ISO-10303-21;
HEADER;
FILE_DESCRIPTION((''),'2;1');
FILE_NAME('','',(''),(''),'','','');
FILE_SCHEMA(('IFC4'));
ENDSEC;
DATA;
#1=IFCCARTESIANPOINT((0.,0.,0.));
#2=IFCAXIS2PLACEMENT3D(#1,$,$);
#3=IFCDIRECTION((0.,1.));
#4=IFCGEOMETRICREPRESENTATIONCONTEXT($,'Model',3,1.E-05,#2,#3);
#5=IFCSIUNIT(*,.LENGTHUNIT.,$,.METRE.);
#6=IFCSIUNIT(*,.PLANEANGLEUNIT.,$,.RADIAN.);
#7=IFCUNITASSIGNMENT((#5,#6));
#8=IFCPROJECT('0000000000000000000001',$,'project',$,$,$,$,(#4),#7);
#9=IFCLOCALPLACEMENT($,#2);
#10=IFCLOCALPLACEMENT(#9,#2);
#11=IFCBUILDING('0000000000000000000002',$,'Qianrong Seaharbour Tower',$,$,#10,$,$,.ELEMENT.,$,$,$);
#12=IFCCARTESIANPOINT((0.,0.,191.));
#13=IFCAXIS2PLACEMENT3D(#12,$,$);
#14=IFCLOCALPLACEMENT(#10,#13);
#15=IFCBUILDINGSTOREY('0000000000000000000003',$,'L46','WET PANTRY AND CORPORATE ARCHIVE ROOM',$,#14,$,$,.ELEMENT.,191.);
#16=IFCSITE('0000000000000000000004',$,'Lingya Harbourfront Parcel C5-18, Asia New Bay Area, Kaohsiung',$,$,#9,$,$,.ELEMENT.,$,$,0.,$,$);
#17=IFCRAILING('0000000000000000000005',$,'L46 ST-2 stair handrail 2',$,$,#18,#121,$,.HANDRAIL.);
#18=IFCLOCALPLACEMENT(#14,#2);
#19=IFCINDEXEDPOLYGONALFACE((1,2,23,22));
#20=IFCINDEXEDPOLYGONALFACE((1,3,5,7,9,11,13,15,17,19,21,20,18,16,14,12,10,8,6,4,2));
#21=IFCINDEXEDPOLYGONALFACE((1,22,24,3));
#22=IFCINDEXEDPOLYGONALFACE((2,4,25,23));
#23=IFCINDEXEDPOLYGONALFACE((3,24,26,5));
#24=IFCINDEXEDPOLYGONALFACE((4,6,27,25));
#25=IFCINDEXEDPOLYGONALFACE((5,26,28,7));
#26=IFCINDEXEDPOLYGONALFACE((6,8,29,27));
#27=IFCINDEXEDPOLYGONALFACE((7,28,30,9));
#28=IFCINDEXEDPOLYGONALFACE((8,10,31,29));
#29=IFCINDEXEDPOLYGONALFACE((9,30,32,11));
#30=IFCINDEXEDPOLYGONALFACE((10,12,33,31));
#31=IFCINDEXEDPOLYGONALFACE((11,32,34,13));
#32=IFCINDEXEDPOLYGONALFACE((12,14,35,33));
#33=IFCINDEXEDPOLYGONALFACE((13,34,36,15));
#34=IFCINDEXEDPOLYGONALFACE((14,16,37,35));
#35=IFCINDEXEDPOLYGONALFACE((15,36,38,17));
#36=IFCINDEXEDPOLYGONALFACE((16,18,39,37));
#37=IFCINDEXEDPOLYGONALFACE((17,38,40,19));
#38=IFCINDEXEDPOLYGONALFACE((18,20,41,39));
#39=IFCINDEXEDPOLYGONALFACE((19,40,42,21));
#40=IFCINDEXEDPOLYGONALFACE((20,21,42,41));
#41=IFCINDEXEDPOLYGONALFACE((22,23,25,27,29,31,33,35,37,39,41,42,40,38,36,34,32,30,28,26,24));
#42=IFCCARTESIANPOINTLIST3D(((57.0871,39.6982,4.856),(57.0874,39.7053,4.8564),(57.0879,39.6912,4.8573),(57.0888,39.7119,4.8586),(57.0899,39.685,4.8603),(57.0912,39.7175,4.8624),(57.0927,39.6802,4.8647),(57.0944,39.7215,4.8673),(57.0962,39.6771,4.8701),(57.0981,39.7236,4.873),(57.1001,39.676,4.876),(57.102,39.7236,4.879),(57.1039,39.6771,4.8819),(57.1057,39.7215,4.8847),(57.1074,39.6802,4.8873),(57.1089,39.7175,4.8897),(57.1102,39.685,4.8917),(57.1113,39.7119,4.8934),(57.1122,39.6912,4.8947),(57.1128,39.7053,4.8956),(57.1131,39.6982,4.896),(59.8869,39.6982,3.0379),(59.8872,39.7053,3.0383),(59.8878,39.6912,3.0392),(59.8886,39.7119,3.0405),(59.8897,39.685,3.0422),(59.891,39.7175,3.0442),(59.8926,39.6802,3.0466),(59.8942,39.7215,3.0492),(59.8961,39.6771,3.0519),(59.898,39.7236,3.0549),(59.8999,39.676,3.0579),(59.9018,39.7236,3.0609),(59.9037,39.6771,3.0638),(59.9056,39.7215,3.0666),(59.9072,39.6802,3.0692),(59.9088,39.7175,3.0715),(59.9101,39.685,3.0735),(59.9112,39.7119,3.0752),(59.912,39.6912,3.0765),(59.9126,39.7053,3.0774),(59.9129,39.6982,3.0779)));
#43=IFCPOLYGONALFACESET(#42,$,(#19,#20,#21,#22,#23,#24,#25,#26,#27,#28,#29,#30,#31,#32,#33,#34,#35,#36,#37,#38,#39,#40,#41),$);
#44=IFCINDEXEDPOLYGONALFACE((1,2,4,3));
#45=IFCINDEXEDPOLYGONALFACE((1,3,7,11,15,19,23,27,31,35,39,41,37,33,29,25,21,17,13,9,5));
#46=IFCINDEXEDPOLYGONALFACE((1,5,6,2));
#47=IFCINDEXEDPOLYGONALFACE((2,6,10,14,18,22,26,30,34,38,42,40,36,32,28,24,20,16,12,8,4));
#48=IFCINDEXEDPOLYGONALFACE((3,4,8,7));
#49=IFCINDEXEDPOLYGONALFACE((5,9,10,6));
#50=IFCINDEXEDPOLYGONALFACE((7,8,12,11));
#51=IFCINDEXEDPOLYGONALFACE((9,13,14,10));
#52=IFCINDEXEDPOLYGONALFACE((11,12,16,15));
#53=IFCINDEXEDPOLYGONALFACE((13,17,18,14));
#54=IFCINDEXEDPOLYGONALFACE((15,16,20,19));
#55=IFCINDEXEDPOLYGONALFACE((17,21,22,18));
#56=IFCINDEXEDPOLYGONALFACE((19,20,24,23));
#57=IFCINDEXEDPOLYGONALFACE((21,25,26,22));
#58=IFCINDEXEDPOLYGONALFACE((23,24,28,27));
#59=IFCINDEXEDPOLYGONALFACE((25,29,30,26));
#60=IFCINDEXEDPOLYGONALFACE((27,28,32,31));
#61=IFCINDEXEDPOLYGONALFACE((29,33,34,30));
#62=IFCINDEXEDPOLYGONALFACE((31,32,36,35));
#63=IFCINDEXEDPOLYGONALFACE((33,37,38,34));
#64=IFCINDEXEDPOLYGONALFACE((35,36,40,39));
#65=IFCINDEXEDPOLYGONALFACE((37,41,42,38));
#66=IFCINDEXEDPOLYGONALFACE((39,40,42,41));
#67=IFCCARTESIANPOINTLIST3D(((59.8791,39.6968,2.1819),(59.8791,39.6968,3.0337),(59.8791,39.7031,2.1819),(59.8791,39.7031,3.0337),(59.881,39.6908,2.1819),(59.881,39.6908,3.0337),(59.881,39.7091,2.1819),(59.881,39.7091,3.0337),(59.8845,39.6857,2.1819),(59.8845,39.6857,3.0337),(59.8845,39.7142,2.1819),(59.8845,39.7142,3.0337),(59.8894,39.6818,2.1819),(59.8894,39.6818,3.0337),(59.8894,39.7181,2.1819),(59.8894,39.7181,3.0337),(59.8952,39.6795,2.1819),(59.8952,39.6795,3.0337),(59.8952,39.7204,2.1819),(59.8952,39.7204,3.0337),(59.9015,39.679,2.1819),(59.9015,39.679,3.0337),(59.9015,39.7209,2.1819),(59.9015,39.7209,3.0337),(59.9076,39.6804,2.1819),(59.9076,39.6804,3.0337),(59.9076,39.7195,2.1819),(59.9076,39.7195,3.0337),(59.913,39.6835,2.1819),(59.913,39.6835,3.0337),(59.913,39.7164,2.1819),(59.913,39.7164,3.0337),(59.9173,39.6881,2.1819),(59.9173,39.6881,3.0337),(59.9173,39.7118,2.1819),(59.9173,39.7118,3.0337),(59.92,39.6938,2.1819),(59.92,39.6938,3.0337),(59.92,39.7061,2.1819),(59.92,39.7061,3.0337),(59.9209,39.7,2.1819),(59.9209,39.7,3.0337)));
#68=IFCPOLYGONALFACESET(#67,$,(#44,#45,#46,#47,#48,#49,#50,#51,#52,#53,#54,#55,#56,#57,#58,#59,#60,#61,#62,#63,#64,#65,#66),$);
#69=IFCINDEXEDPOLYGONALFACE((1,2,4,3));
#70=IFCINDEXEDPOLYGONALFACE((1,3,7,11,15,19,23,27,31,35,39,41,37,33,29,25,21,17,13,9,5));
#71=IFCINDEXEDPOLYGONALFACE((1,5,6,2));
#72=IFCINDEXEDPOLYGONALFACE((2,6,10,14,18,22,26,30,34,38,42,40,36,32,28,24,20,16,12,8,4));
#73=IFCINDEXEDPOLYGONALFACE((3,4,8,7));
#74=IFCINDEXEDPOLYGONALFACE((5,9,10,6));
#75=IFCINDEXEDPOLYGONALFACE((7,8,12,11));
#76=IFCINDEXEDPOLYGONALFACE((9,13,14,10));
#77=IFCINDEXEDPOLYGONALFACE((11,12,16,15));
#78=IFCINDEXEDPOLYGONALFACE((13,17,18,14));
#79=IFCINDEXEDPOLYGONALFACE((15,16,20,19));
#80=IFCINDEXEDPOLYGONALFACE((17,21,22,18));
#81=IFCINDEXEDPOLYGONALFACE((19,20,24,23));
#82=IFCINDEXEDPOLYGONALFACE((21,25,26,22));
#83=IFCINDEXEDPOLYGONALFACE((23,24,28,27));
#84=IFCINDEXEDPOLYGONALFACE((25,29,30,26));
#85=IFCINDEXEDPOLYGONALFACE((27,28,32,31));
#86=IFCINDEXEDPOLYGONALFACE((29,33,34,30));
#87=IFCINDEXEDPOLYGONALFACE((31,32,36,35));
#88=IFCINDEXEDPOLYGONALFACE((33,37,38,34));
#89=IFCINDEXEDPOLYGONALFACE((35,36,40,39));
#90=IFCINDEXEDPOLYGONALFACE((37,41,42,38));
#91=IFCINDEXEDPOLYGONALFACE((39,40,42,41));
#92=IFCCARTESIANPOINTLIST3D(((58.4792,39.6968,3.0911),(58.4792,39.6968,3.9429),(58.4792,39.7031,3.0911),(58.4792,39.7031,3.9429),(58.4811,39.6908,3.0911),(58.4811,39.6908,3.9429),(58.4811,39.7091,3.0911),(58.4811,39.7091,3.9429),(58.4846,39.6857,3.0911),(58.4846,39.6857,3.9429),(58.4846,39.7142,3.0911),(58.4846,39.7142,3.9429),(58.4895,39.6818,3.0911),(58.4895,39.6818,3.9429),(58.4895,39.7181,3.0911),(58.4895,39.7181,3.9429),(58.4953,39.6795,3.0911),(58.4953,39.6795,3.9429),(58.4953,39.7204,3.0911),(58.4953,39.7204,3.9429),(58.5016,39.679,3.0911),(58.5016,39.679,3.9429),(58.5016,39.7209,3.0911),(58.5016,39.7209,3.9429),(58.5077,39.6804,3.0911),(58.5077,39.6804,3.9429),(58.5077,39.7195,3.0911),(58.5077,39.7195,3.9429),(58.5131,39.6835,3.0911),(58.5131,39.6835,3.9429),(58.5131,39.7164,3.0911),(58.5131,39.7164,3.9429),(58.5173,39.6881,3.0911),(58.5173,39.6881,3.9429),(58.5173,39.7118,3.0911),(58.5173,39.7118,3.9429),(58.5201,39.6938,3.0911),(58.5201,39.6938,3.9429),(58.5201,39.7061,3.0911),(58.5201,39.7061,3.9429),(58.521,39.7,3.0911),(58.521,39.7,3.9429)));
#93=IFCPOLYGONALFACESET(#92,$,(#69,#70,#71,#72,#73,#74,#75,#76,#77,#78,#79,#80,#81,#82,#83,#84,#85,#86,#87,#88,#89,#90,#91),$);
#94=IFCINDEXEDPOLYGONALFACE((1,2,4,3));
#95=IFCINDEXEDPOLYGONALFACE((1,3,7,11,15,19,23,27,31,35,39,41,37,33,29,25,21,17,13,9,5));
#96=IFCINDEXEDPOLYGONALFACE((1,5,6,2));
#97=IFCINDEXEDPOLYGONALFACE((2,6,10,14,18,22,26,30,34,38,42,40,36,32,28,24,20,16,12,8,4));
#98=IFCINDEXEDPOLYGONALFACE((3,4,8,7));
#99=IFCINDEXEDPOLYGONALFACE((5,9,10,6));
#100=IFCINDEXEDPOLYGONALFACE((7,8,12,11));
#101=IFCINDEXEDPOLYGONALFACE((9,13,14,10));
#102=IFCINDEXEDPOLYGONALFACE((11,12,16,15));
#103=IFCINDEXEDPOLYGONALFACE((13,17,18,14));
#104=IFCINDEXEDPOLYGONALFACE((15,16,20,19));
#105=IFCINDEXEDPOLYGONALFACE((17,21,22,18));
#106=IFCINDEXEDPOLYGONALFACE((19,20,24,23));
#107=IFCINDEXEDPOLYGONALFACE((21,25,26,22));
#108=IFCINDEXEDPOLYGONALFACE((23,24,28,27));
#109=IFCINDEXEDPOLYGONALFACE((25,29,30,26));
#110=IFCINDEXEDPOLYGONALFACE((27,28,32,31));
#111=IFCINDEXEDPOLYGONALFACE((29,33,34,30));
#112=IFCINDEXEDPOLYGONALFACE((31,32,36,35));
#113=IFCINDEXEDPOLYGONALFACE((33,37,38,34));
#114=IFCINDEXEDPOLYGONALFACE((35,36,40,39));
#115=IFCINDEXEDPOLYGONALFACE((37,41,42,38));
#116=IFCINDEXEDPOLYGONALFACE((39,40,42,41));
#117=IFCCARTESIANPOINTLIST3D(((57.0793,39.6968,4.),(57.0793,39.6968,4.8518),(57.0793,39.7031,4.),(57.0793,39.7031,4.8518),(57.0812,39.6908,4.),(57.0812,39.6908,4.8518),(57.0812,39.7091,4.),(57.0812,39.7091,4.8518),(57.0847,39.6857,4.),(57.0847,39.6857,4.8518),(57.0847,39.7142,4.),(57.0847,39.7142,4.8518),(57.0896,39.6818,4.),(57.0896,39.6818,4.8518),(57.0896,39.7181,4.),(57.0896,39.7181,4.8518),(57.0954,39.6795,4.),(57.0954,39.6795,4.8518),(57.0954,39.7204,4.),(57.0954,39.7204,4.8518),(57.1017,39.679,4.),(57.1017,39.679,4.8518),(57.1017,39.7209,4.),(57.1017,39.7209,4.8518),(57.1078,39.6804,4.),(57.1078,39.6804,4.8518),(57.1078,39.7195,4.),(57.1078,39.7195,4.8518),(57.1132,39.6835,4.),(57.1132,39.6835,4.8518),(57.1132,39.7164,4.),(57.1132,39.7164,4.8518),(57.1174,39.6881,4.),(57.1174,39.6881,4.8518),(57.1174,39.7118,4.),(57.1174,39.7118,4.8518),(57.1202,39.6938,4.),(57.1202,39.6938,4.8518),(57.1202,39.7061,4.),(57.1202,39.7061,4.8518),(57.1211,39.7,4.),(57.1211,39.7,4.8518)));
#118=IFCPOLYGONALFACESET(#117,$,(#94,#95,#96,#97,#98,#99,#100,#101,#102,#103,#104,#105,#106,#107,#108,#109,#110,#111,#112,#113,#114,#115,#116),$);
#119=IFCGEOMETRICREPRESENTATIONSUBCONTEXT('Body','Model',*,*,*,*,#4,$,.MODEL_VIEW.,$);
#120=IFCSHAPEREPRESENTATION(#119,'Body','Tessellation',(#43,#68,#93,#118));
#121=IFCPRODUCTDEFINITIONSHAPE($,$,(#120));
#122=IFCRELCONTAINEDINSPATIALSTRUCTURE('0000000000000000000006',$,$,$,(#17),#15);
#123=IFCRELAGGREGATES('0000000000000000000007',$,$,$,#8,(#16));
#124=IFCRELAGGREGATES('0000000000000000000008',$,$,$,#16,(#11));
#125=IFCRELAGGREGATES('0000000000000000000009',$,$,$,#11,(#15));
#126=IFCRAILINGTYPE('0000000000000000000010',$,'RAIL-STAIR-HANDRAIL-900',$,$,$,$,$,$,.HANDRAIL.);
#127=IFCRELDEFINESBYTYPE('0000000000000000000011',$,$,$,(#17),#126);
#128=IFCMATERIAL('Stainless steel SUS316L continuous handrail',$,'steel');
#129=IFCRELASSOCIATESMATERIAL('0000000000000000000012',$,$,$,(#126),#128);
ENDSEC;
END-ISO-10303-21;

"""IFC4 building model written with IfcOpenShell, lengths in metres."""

from ifc_helpers import new_model, si_unit, direction, frame, origin, origin_2d, place, context, subcontext, project, spatial, circle, extrude, material, type_object, element, save


model = new_model("IFC4")

# Units and contexts
model_context = context("Model", 3, precision=1e-05, world=origin(), true_north=direction((0.0, 1.0)))
body_context = subcontext(model_context, "Body", "Model", "MODEL_VIEW")
ifc_project = project(units=[si_unit("LENGTHUNIT", "METRE"), si_unit("PLANEANGLEUNIT", "RADIAN")], contexts=[model_context])

# Site, building, storey
site_placement = place(None, origin())
site = spatial("IfcSite", under=ifc_project, at=site_placement, Name="Lingya Harbourfront Parcel C5-18, Asia New Bay Area, Kaohsiung", CompositionType="ELEMENT", RefElevation=0.0)
building_placement = place(site_placement, origin())
building = spatial("IfcBuilding", under=site, at=building_placement, Name="Qianrong Seaharbour Tower", CompositionType="ELEMENT")
storey_placement = place(building_placement, frame((0.0, 0.0, 191.0)))
storey = spatial("IfcBuildingStorey", under=building, at=storey_placement, Name="L46", Description="WET PANTRY AND CORPORATE ARCHIVE ROOM", CompositionType="ELEMENT", Elevation=191.0)

# Railing
ifc_material_1 = material(Name="Stainless steel SUS316L continuous handrail", Category="steel")
railing_type_1 = type_object("IfcRailingType", Name="RAIL-STAIR-HANDRAIL-900", PredefinedType="HANDRAIL", material=ifc_material_1)
railing_1_placement = place(storey_placement, frame((59.8999, 39.7, 2.1819)))
element("IfcRailing", 1, at=railing_1_placement, inside=storey, type_object=railing_type_1, Name="L46 ST-2 stair handrail 2", PredefinedType="HANDRAIL", context=body_context, shape_type="SweptSolid", body=[
    extrude(circle(Radius=0.0239, at=origin_2d()), frame((0.0, 0.0, 0.876), z_axis=(-0.838684, 0.0, 0.544618), x_axis=(0.0, -1.0, 0.0)), (0.0, 0.0, 1.0), 3.3384),
    extrude(circle(Radius=0.021, at=origin_2d()), origin(), (0.0, 0.0, 1.0), 0.8518),
    extrude(circle(Radius=0.021, at=origin_2d()), frame((-1.3999, 0.0, 0.9092)), (0.0, 0.0, 1.0), 0.8518),
    extrude(circle(Radius=0.021, at=origin_2d()), frame((-2.7998, 0.0, 1.8181)), (0.0, 0.0, 1.0), 0.8518),
])

save(model, "model.ifc")
